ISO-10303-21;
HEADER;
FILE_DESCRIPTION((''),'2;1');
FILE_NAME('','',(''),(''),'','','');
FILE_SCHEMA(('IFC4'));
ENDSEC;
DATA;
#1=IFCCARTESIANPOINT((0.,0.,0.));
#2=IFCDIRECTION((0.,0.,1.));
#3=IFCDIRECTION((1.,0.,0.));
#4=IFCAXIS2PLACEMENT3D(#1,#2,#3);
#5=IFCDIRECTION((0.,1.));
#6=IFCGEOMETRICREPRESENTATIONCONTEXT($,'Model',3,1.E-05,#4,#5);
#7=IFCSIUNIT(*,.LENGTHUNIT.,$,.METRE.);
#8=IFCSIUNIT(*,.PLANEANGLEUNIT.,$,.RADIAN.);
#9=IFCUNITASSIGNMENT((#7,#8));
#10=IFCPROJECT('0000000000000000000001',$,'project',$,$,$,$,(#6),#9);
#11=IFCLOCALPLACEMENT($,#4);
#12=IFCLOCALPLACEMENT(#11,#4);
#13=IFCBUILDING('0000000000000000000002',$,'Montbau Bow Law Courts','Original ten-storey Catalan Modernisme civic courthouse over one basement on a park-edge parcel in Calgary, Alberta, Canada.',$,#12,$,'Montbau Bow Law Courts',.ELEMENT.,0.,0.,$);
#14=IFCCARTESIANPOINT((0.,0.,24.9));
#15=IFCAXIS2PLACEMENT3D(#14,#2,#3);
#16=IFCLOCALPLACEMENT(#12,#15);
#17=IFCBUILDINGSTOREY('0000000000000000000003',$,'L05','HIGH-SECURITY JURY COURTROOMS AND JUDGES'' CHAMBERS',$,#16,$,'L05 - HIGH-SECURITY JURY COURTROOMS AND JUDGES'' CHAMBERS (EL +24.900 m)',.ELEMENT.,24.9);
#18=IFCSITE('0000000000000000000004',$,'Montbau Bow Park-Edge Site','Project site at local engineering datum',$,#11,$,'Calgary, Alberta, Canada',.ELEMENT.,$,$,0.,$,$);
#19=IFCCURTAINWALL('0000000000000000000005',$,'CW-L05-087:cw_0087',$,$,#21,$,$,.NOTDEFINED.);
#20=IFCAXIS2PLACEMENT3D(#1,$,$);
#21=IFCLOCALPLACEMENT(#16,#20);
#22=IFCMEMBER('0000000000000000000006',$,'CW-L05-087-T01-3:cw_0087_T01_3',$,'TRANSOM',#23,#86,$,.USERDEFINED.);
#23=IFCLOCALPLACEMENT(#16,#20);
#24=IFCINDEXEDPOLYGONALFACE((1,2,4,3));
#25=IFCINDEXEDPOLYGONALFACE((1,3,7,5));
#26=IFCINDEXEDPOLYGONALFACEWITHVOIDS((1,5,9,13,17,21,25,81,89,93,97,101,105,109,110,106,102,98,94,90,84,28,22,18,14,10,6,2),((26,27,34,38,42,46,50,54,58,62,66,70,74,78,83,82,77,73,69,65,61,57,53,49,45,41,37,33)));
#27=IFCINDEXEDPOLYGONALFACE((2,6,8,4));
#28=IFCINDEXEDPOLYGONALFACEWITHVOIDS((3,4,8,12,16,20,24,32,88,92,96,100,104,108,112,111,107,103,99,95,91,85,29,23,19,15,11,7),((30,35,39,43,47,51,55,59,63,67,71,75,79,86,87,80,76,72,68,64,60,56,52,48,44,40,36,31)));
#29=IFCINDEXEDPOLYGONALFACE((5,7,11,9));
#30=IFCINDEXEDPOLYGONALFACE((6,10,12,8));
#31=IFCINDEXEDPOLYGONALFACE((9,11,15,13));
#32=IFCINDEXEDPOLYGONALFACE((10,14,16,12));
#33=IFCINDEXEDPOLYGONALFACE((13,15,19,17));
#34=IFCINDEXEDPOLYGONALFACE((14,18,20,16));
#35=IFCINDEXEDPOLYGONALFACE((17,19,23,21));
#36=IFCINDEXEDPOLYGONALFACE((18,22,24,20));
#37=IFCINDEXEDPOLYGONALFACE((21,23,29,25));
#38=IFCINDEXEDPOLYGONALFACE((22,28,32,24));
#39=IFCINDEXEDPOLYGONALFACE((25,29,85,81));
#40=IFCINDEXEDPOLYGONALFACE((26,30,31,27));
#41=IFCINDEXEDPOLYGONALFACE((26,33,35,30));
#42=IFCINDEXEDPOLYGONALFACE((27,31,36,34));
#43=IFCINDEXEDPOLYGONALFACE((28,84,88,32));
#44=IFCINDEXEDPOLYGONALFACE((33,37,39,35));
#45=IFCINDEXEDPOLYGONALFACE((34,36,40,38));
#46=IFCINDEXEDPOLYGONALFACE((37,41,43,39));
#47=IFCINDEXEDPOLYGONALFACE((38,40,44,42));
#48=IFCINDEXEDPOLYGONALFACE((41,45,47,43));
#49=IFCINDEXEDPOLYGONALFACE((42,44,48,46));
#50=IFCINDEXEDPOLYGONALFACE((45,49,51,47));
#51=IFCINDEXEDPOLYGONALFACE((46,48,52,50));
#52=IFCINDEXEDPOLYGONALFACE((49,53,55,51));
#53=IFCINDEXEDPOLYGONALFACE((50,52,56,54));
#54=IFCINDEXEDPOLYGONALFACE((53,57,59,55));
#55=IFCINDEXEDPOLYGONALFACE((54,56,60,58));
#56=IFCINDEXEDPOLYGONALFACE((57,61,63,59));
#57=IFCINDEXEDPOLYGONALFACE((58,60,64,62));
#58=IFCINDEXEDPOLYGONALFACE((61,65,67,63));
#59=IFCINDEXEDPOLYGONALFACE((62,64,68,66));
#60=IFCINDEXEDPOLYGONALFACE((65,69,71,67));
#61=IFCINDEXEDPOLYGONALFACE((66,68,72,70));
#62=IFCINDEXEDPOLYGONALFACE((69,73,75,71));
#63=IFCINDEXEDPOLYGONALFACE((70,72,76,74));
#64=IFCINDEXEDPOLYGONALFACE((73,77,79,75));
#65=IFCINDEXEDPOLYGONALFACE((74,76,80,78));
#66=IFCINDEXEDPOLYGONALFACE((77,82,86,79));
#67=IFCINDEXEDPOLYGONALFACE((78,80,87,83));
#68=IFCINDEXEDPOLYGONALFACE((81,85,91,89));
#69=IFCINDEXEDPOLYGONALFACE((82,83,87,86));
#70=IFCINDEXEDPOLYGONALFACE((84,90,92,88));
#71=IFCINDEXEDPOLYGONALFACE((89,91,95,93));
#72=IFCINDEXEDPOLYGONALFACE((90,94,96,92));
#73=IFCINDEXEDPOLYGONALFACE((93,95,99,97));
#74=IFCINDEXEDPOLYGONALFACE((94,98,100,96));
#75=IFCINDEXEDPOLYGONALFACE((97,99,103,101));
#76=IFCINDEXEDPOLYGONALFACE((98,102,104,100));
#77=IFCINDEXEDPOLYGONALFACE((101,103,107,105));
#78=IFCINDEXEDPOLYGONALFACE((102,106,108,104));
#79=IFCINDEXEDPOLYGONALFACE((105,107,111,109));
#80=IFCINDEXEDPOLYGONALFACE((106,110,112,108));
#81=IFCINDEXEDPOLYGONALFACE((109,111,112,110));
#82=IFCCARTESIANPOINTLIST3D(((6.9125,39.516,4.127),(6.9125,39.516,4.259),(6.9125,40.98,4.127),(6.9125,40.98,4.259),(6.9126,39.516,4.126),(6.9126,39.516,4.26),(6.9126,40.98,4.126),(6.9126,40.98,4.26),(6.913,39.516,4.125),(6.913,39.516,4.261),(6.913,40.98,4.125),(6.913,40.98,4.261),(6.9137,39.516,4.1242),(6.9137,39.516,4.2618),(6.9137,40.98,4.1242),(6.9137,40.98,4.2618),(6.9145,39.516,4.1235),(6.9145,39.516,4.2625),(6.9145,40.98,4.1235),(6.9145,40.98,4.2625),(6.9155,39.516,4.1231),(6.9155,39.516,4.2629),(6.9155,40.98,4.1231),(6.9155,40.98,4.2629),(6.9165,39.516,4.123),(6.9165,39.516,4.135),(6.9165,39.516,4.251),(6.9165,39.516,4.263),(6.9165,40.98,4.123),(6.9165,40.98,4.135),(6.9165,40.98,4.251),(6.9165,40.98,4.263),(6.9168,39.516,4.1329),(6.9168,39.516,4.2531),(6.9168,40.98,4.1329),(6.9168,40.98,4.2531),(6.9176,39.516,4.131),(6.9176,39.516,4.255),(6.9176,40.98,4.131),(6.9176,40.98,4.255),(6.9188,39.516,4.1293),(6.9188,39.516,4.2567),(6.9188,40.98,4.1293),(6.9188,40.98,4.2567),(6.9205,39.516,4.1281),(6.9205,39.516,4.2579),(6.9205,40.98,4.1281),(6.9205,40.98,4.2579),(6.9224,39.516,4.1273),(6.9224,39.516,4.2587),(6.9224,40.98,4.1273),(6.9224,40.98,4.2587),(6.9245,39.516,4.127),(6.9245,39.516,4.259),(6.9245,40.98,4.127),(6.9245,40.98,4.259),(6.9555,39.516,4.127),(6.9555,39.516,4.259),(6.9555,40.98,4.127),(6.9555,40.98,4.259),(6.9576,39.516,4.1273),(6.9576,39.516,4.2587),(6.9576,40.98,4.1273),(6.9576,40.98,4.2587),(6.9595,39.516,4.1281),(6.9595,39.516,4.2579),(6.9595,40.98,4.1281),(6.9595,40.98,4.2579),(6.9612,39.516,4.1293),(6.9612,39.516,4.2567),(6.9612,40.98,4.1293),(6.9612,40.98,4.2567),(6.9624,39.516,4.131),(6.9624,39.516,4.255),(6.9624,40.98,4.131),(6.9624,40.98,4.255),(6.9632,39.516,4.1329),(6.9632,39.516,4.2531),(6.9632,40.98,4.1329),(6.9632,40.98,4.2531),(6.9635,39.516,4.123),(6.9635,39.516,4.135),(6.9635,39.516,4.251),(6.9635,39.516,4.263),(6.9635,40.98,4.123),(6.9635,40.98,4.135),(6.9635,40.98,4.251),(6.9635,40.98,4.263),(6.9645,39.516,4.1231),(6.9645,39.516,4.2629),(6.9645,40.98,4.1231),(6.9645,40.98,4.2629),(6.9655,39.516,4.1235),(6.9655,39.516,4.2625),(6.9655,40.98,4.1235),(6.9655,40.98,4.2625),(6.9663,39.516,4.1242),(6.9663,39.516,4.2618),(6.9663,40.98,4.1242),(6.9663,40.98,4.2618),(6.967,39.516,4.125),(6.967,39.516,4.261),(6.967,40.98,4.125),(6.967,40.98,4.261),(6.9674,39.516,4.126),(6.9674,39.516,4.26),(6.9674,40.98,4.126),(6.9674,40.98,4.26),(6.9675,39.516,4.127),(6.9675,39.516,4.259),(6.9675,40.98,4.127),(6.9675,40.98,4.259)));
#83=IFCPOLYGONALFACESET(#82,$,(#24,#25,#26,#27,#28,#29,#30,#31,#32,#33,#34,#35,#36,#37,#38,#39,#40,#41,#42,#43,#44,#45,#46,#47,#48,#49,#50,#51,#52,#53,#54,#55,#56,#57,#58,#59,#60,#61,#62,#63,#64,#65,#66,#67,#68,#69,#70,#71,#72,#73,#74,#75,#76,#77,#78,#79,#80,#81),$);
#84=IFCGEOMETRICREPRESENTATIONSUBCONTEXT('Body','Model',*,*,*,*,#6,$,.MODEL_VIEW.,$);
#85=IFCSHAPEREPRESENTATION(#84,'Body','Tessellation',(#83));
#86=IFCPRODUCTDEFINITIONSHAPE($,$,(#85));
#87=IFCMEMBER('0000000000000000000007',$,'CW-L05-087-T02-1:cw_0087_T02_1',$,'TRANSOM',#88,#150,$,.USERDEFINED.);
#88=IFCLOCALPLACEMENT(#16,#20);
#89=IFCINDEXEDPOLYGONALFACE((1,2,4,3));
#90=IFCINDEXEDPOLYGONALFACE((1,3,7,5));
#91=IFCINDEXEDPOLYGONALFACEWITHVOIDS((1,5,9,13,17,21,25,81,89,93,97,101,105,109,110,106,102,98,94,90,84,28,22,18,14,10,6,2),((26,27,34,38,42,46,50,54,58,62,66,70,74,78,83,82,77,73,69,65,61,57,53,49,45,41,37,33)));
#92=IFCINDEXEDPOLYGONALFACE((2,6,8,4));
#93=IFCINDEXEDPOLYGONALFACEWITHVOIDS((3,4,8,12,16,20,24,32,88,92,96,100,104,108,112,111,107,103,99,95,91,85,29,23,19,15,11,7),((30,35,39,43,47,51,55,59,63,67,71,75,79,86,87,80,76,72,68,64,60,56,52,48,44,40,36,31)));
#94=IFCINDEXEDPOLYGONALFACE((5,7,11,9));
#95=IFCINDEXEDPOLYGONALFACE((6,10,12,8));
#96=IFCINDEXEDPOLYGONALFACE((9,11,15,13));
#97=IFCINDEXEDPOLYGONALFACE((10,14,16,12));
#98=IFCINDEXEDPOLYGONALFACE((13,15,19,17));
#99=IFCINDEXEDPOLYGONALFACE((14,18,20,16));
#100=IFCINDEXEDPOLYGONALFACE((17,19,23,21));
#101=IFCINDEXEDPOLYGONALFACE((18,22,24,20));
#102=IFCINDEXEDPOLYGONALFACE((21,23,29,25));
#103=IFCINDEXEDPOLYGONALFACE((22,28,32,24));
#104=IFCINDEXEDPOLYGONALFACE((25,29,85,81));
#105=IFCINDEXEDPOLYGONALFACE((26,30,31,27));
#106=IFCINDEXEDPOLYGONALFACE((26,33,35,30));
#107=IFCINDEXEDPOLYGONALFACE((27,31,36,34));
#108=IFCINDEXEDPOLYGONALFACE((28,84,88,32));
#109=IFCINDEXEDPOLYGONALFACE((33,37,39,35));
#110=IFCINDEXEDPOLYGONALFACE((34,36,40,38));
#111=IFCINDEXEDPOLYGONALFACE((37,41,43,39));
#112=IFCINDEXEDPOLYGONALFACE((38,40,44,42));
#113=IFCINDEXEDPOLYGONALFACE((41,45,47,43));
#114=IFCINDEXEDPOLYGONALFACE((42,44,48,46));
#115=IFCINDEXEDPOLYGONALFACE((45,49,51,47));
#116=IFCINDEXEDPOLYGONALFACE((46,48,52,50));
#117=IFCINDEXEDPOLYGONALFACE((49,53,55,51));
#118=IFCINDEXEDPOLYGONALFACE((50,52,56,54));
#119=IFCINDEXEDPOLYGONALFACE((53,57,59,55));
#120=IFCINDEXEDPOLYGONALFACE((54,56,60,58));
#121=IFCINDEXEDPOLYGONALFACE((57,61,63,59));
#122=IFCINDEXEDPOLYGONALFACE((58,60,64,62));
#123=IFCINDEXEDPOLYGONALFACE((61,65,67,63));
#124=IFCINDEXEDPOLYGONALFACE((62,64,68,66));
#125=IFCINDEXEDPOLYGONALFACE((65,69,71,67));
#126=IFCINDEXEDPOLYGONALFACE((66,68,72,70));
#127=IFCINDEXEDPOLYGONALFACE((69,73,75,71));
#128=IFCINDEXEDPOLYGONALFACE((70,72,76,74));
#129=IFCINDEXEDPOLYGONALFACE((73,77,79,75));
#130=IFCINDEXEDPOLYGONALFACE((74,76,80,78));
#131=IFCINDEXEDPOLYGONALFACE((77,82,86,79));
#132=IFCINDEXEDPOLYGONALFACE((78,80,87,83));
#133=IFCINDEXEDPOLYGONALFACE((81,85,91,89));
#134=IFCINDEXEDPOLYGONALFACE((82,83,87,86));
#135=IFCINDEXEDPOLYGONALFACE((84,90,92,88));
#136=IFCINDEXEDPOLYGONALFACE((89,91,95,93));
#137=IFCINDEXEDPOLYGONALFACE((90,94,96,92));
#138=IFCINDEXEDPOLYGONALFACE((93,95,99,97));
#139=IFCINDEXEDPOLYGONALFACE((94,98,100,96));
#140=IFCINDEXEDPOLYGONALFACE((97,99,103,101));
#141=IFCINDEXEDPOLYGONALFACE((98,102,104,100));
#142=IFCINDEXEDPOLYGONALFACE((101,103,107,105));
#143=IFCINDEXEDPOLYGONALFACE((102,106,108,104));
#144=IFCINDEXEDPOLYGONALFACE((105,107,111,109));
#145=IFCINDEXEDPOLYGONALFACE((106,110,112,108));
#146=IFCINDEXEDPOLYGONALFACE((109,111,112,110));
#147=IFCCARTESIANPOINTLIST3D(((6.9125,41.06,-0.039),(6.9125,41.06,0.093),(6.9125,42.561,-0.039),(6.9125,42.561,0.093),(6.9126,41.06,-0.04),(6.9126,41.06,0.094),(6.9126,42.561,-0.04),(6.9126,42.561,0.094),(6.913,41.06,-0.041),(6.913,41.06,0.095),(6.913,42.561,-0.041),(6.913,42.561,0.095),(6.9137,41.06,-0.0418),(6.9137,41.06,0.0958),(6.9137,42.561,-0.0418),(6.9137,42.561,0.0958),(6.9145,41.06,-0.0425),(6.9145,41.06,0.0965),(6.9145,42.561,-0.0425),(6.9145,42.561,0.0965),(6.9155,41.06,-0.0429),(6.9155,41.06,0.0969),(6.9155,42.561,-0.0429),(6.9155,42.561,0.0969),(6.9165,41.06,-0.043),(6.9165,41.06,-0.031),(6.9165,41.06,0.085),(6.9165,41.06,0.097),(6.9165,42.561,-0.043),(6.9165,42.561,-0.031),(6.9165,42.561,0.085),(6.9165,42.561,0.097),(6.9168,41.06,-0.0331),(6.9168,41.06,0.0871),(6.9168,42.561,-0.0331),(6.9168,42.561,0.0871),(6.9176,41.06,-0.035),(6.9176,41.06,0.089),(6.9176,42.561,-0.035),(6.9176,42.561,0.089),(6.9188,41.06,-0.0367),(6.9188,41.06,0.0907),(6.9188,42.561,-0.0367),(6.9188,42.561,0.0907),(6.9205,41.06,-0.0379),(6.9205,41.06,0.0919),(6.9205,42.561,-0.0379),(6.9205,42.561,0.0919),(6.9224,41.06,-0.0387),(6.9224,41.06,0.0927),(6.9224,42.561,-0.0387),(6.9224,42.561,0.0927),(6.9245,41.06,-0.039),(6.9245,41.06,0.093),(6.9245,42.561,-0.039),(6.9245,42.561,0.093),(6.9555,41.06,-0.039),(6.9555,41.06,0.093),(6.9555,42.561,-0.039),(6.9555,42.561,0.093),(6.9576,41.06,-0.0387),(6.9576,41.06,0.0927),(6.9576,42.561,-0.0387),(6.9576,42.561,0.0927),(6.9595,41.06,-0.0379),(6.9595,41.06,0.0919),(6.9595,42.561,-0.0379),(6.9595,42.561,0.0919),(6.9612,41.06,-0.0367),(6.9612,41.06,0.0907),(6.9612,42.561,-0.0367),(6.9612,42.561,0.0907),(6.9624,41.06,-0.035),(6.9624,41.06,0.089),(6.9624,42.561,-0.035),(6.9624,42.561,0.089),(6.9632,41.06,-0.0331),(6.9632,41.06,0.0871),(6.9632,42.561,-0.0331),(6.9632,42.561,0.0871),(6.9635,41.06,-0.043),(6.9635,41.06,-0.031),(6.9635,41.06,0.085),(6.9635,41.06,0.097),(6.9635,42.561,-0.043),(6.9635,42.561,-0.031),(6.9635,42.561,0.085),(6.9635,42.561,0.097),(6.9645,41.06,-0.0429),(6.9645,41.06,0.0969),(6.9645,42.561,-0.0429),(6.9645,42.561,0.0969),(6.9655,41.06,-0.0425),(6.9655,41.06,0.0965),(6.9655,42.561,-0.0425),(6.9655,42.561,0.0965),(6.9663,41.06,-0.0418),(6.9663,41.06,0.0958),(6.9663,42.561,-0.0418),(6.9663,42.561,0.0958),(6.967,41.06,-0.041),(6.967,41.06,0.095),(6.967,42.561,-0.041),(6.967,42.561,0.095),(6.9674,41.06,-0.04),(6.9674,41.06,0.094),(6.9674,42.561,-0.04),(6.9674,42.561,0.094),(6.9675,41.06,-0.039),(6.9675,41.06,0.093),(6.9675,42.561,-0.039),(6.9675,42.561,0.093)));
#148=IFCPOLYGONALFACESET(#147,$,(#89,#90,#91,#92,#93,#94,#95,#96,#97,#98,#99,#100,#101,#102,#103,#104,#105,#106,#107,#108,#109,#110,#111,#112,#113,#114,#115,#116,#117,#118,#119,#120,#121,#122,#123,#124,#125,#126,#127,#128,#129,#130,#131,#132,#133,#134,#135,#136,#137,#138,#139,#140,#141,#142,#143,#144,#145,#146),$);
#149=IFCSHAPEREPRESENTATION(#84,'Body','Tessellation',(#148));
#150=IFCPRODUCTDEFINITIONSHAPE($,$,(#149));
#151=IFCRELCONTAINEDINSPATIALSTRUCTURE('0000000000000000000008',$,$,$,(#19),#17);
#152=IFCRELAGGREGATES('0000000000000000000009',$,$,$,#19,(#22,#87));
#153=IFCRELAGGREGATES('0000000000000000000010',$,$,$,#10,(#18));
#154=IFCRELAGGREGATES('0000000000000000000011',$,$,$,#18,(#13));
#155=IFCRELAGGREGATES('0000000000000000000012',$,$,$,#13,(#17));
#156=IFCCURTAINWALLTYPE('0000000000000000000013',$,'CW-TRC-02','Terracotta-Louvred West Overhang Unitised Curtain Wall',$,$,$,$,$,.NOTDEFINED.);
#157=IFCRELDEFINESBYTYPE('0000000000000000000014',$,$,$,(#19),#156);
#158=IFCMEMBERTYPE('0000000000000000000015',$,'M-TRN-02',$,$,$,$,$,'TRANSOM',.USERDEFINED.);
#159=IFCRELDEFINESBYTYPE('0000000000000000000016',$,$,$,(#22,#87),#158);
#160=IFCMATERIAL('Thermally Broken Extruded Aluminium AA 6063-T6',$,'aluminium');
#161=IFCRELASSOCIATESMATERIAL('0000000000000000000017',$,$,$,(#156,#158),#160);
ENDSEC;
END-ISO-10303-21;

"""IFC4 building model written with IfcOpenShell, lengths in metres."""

from ifc_helpers import new_model, si_unit, direction, frame, origin_with_axes, origin_2d_with_axis, place, context, subcontext, project, spatial, hollow_rectangle, extrude, material, material_profile, profile_set, type_object, element, aggregate, save


model = new_model("IFC4")

# Units and contexts
model_context = context("Model", 3, precision=1e-05, world=origin_with_axes(), true_north=direction((0.0, 1.0)))
body_context = subcontext(model_context, "Body", "Model", "MODEL_VIEW")
ifc_project = project(units=[si_unit("LENGTHUNIT", "METRE"), si_unit("PLANEANGLEUNIT", "RADIAN")], contexts=[model_context])

# Site, building, storey
site_placement = place(None, origin_with_axes())
site = spatial("IfcSite", under=ifc_project, at=site_placement, Name="Montbau Bow Park-Edge Site", Description="Project site at local engineering datum", LongName="Calgary, Alberta, Canada", CompositionType="ELEMENT", RefElevation=0.0)
building_placement = place(site_placement, origin_with_axes())
building = spatial("IfcBuilding", under=site, at=building_placement, Name="Montbau Bow Law Courts", Description="Original ten-storey Catalan Modernisme civic courthouse over one basement on a park-edge parcel in Calgary, Alberta, Canada.", LongName="Montbau Bow Law Courts", CompositionType="ELEMENT", ElevationOfRefHeight=0.0, ElevationOfTerrain=0.0)
storey_placement = place(building_placement, frame((0.0, 0.0, 24.9), z_axis=(0.0, 0.0, 1.0), x_axis=(1.0, 0.0, 0.0)))
storey = spatial("IfcBuildingStorey", under=building, at=storey_placement, Name="L05", Description="HIGH-SECURITY JURY COURTROOMS AND JUDGES' CHAMBERS", LongName="L05 - HIGH-SECURITY JURY COURTROOMS AND JUDGES' CHAMBERS (EL +24.900 m)", CompositionType="ELEMENT", Elevation=24.9)

# Curtain wall
ifc_material_1 = material(Name="Thermally Broken Extruded Aluminium AA 6063-T6", Category="aluminium")
curtain_wall_type = type_object("IfcCurtainWallType", Name="CW-TRC-02", Description="Terracotta-Louvred West Overhang Unitised Curtain Wall", PredefinedType="NOTDEFINED", material=ifc_material_1)
curtain_wall_1_placement = place(None, frame((6.94, 39.44, 24.9), z_axis=(0.0, 0.0, 1.0), x_axis=(1.0, 0.0, 0.0)))
curtain_wall_1 = element("IfcCurtainWall", 1, at=curtain_wall_1_placement, inside=storey, type_object=curtain_wall_type, Name="CW-L05-087:cw_0087", PredefinedType="NOTDEFINED")

# Shared definitions
ifc_material_profile_1 = material_profile(ifc_material_1, hollow_rectangle(XDim=0.055, YDim=0.14, WallThickness=0.004, InnerFilletRadius=0.008, OuterFilletRadius=0.004, at=origin_2d_with_axis()), Name="CWT-140X55", Category="Main", Priority=0)
ifc_profile_set_1 = profile_set([ifc_material_profile_1], Name="Thermally Broken Extruded Aluminium AA 6063-T6")
member_type_1 = type_object("IfcMemberType", Name="M-TRN-02", ElementType="TRANSOM", PredefinedType="USERDEFINED", material=ifc_profile_set_1)

# Members
member_1_placement = place(None, frame((6.94, 39.516, 29.093), z_axis=(0.0, 1.0, 0.0), x_axis=(-1.0, 0.0, 0.0)))
member_1 = element("IfcMember", 2, at=member_1_placement, type_object=member_type_1, Name="CW-L05-087-T01-3:cw_0087_T01_3", ObjectType="TRANSOM", PredefinedType="USERDEFINED", context=body_context, shape_type="SweptSolid", body=[
    extrude(hollow_rectangle(XDim=0.055, YDim=0.14, WallThickness=0.004, InnerFilletRadius=0.008, OuterFilletRadius=0.004, at=origin_2d_with_axis()), origin_with_axes(), (0.0, 0.0, 1.0), 1.464),
])
member_2_placement = place(None, frame((6.94, 41.06, 24.927), z_axis=(0.0, 1.0, 0.0), x_axis=(-1.0, 0.0, 0.0)))
member_2 = element("IfcMember", 3, at=member_2_placement, type_object=member_type_1, Name="CW-L05-087-T02-1:cw_0087_T02_1", ObjectType="TRANSOM", PredefinedType="USERDEFINED", context=body_context, shape_type="SweptSolid", body=[
    extrude(hollow_rectangle(XDim=0.055, YDim=0.14, WallThickness=0.004, InnerFilletRadius=0.008, OuterFilletRadius=0.004, at=origin_2d_with_axis()), origin_with_axes(), (0.0, 0.0, 1.0), 1.501),
])

aggregate(curtain_wall_1, [member_1, member_2])

save(model, "model.ifc")
